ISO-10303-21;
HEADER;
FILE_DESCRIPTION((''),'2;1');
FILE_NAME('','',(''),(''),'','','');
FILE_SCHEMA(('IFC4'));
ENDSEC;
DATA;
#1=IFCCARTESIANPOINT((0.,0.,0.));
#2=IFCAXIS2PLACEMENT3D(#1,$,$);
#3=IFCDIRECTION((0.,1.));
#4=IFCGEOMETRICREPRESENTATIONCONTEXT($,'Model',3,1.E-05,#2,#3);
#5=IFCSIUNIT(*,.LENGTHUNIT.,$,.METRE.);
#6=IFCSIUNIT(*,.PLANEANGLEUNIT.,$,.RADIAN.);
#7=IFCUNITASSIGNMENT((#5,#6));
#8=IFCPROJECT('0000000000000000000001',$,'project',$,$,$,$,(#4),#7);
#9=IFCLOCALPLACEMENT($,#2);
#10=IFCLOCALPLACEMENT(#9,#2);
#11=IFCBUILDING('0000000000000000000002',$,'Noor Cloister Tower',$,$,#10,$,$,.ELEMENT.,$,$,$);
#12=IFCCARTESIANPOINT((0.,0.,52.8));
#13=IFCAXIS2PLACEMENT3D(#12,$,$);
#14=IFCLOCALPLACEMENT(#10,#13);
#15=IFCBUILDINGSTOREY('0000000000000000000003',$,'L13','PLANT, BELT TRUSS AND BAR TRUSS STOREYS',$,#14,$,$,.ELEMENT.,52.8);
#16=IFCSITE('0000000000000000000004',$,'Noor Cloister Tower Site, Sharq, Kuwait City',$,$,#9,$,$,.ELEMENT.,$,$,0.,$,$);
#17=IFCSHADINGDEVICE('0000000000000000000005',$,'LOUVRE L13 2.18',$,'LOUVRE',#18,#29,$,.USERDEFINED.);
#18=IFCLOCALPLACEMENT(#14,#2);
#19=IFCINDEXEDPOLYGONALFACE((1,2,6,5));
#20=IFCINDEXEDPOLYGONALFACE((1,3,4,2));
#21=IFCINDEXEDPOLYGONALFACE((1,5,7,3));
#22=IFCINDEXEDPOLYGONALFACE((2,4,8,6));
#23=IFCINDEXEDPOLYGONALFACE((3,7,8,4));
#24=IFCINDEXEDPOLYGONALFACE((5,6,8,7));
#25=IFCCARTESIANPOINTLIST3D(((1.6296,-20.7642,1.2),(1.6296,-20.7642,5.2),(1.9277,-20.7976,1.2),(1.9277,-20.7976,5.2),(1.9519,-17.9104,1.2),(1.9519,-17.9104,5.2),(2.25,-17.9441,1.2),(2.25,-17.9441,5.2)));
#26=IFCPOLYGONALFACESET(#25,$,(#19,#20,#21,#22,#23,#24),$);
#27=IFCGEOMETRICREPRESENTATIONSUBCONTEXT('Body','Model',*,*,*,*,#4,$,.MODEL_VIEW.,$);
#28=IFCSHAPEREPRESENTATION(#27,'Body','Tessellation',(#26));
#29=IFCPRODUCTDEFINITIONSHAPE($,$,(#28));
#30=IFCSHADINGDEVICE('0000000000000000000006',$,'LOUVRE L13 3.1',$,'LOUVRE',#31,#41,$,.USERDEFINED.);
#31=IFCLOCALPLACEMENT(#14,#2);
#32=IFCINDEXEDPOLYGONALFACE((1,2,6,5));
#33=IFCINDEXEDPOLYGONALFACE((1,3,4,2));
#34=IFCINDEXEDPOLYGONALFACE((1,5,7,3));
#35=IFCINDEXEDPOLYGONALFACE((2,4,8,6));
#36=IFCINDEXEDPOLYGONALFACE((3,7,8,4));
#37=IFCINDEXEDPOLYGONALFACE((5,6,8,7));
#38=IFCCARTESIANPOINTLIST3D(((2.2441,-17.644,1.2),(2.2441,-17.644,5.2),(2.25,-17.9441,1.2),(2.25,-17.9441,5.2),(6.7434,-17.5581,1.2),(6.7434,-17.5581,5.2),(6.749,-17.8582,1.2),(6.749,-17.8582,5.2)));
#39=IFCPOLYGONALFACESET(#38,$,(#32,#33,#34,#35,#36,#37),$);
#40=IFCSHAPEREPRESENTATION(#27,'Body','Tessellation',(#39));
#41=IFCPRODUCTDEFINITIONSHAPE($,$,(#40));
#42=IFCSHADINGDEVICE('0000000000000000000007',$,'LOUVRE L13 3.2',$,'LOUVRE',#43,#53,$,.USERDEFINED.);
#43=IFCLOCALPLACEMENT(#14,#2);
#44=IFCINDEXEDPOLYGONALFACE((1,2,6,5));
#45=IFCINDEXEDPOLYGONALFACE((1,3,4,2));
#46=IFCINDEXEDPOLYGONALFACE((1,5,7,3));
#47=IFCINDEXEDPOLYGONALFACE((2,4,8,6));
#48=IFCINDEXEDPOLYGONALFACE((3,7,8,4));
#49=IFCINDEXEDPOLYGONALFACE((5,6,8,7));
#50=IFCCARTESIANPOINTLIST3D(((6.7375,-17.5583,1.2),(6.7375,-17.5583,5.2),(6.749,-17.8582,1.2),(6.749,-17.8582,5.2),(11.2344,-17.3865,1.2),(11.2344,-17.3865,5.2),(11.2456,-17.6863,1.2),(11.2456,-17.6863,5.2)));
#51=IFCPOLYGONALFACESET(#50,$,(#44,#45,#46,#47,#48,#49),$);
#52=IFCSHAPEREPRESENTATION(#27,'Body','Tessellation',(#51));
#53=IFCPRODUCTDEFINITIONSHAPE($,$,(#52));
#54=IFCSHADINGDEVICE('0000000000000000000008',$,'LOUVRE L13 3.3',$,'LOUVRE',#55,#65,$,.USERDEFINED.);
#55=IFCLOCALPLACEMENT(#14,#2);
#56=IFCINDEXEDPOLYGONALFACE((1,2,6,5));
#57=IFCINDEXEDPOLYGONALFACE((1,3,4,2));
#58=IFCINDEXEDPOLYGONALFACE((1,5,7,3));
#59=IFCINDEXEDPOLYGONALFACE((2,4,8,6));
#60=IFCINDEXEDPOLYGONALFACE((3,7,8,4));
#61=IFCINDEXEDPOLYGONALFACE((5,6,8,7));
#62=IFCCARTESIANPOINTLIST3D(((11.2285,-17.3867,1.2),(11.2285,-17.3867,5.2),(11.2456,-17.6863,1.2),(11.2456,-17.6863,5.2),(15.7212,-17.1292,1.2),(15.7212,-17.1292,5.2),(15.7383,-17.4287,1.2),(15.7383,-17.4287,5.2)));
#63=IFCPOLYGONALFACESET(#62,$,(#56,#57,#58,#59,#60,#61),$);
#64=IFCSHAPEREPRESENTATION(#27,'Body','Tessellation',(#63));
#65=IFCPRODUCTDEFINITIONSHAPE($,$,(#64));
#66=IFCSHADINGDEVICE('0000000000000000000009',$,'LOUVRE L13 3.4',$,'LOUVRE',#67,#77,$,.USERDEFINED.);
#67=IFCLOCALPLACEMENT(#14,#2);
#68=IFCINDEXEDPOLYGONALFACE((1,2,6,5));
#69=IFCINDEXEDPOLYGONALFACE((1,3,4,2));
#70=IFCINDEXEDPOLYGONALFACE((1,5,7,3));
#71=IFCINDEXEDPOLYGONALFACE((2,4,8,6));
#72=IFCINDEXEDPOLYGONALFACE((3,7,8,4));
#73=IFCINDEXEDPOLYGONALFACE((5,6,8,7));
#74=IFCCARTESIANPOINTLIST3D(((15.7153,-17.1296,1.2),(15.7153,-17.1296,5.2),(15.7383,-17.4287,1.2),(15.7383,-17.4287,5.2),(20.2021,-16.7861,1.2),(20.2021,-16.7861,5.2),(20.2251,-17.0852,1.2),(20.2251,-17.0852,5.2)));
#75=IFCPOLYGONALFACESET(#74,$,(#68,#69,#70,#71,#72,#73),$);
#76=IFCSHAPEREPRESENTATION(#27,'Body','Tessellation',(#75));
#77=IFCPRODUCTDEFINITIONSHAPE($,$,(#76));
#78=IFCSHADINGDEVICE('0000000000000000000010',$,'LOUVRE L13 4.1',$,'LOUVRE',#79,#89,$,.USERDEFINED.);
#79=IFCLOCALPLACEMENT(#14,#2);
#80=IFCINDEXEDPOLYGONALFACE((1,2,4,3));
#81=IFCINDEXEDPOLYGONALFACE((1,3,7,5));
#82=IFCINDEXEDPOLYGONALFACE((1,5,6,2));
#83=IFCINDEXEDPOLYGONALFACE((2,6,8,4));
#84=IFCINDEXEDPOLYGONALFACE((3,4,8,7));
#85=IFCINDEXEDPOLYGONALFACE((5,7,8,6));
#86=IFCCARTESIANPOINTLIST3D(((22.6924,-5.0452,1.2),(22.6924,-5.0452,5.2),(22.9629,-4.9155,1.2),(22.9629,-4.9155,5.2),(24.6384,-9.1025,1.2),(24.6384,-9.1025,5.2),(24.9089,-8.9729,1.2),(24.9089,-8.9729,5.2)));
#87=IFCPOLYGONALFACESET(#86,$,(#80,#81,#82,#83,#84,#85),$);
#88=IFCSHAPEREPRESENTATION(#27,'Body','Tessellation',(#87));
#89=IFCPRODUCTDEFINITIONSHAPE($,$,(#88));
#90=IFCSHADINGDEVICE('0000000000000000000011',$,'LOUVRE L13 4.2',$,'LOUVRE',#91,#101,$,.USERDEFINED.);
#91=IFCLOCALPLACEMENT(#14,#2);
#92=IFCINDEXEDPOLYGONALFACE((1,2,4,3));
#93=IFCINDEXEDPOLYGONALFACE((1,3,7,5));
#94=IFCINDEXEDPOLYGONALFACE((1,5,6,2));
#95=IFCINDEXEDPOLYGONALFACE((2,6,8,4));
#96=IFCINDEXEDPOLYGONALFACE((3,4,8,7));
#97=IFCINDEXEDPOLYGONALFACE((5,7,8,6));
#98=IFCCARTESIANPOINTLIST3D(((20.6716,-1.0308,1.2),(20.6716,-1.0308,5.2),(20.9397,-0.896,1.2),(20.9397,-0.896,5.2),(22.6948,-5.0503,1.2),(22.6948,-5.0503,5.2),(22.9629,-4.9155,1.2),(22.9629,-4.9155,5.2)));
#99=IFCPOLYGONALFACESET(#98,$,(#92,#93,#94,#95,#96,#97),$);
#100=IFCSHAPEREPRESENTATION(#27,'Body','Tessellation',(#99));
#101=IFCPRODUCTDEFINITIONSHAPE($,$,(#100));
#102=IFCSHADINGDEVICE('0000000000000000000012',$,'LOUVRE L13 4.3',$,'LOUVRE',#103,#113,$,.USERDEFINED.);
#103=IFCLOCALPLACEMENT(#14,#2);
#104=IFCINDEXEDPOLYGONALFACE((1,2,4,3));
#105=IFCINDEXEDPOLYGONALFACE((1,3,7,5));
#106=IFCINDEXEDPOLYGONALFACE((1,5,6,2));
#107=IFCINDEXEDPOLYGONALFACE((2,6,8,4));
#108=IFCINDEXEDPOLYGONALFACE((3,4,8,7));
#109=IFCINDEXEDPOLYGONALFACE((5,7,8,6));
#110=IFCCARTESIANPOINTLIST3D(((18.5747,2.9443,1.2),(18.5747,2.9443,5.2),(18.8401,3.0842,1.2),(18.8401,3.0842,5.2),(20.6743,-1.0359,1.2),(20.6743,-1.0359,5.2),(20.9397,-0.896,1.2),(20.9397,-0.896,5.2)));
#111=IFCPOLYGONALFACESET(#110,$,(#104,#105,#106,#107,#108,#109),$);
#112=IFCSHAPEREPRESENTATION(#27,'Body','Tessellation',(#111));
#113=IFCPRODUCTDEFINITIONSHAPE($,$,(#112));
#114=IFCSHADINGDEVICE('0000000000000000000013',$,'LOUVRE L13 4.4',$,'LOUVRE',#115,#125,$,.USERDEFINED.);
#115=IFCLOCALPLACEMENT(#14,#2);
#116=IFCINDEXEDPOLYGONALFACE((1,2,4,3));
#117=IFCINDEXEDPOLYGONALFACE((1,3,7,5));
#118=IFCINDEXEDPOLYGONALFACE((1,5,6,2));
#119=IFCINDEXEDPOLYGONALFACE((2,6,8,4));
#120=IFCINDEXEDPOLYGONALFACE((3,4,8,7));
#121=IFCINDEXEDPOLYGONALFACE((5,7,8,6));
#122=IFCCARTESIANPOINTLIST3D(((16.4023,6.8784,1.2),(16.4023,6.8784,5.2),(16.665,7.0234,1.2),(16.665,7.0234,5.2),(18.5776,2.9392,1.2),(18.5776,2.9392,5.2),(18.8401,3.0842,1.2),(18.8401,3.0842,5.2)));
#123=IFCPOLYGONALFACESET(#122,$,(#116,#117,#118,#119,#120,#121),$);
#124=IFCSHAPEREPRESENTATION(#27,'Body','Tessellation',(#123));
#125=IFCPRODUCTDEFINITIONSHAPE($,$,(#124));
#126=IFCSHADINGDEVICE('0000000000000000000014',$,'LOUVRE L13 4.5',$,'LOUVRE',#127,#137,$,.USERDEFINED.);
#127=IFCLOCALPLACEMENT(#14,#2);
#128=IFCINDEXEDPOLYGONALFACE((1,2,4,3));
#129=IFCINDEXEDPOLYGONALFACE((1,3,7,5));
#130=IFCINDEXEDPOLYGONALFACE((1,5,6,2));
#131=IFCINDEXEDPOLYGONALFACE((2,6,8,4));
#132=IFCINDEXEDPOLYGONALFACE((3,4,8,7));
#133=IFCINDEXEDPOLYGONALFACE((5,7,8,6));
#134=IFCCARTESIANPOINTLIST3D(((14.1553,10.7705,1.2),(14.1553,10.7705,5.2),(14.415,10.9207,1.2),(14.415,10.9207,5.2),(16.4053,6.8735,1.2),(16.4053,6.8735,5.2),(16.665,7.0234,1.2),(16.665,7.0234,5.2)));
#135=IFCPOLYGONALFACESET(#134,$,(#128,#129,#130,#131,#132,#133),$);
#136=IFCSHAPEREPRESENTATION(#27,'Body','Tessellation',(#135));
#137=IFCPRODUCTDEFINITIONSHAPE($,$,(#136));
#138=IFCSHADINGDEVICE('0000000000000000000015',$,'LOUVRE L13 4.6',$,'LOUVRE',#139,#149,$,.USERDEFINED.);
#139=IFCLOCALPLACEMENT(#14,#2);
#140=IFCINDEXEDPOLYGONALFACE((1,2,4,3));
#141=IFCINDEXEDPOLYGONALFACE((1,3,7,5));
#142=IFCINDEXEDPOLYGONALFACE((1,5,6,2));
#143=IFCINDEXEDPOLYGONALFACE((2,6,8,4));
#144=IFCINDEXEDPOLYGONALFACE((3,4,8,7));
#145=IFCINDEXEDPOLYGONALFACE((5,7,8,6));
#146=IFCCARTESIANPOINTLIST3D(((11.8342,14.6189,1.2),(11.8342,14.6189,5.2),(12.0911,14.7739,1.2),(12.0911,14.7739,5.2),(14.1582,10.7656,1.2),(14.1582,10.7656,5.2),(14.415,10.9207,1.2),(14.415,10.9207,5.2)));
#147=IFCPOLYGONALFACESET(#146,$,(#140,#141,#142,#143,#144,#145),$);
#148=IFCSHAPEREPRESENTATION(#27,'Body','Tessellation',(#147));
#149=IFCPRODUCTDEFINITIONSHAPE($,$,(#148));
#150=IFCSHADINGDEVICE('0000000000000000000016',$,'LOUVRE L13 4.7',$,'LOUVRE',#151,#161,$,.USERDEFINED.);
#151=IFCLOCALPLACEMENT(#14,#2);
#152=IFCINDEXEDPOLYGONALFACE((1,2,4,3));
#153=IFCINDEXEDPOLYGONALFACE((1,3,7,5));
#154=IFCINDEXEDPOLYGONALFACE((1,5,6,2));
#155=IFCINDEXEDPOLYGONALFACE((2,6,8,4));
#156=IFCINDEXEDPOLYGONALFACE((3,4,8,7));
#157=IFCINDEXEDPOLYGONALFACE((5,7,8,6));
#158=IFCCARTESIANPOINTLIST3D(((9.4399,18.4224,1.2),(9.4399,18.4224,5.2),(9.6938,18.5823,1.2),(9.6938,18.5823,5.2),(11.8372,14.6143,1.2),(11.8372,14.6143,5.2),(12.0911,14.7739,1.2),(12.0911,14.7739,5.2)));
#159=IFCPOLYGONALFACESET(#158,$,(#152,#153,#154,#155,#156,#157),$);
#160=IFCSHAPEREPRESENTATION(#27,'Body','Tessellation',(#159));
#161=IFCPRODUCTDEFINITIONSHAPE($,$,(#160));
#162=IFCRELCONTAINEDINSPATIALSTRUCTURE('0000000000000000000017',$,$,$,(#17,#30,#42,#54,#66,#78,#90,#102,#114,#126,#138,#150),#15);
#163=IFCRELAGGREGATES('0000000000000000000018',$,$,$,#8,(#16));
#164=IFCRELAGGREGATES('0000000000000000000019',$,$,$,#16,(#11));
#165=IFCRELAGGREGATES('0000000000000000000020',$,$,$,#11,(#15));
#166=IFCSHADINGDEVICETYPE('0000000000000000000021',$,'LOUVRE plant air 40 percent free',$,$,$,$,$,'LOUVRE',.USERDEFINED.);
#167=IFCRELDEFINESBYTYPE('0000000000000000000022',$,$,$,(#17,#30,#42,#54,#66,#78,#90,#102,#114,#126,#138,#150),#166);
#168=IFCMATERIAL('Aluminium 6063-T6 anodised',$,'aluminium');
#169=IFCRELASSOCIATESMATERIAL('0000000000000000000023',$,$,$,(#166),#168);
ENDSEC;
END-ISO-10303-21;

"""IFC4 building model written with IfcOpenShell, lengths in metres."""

from ifc_helpers import new_model, si_unit, direction, frame, origin, place, context, subcontext, project, spatial, polyline, outline, extrude, material, type_object, element, save


model = new_model("IFC4")

# Units and contexts
model_context = context("Model", 3, precision=1e-05, world=origin(), true_north=direction((0.0, 1.0)))
body_context = subcontext(model_context, "Body", "Model", "MODEL_VIEW")
ifc_project = project(units=[si_unit("LENGTHUNIT", "METRE"), si_unit("PLANEANGLEUNIT", "RADIAN")], contexts=[model_context])

# Site, building, storey
site_placement = place(None, origin())
site = spatial("IfcSite", under=ifc_project, at=site_placement, Name="Noor Cloister Tower Site, Sharq, Kuwait City", CompositionType="ELEMENT", RefElevation=0.0)
building_placement = place(site_placement, origin())
building = spatial("IfcBuilding", under=site, at=building_placement, Name="Noor Cloister Tower", CompositionType="ELEMENT")
storey_placement = place(building_placement, frame((0.0, 0.0, 52.8)))
storey = spatial("IfcBuildingStorey", under=building, at=storey_placement, Name="L13", Description="PLANT, BELT TRUSS AND BAR TRUSS STOREYS", CompositionType="ELEMENT", Elevation=52.8)

# Shading devices
ifc_material_1 = material(Name="Aluminium 6063-T6 anodised", Category="aluminium")
shading_device_type = type_object("IfcShadingDeviceType", Name="LOUVRE plant air 40 percent free", ElementType="LOUVRE", PredefinedType="USERDEFINED", material=ifc_material_1)
shading_device_1_placement = place(storey_placement, frame((0.0, 0.0, 1.2)))
element("IfcShadingDevice", 1, at=shading_device_1_placement, inside=storey, type_object=shading_device_type, Name="LOUVRE L13 2.18", ObjectType="LOUVRE", PredefinedType="USERDEFINED", context=body_context, shape_type="SweptSolid", body=[
    extrude(outline(polyline([(1.9277, -20.7976), (2.25, -17.9441), (1.9519, -17.9104), (1.6296, -20.7642), (1.9277, -20.7976)])), origin(), (0.0, 0.0, 1.0), 4.0),
])
shading_device_2_placement = place(storey_placement, frame((0.0, 0.0, 1.2)))
element("IfcShadingDevice", 2, at=shading_device_2_placement, inside=storey, type_object=shading_device_type, Name="LOUVRE L13 3.1", ObjectType="LOUVRE", PredefinedType="USERDEFINED", context=body_context, shape_type="SweptSolid", body=[
    extrude(outline(polyline([(2.25, -17.9441), (6.749, -17.8582), (6.7434, -17.5581), (2.2441, -17.644), (2.25, -17.9441)])), origin(), (0.0, 0.0, 1.0), 4.0),
])
shading_device_3_placement = place(storey_placement, frame((0.0, 0.0, 1.2)))
element("IfcShadingDevice", 3, at=shading_device_3_placement, inside=storey, type_object=shading_device_type, Name="LOUVRE L13 3.2", ObjectType="LOUVRE", PredefinedType="USERDEFINED", context=body_context, shape_type="SweptSolid", body=[
    extrude(outline(polyline([(6.749, -17.8582), (11.2456, -17.6863), (11.2344, -17.3865), (6.7375, -17.5583), (6.749, -17.8582)])), origin(), (0.0, 0.0, 1.0), 4.0),
])
shading_device_4_placement = place(storey_placement, frame((0.0, 0.0, 1.2)))
element("IfcShadingDevice", 4, at=shading_device_4_placement, inside=storey, type_object=shading_device_type, Name="LOUVRE L13 3.3", ObjectType="LOUVRE", PredefinedType="USERDEFINED", context=body_context, shape_type="SweptSolid", body=[
    extrude(outline(polyline([(11.2456, -17.6863), (15.7383, -17.4287), (15.7212, -17.1292), (11.2285, -17.3867), (11.2456, -17.6863)])), origin(), (0.0, 0.0, 1.0), 4.0),
])
shading_device_5_placement = place(storey_placement, frame((0.0, 0.0, 1.2)))
element("IfcShadingDevice", 5, at=shading_device_5_placement, inside=storey, type_object=shading_device_type, Name="LOUVRE L13 3.4", ObjectType="LOUVRE", PredefinedType="USERDEFINED", context=body_context, shape_type="SweptSolid", body=[
    extrude(outline(polyline([(15.7383, -17.4287), (20.2251, -17.0852), (20.2021, -16.7861), (15.7153, -17.1296), (15.7383, -17.4287)])), origin(), (0.0, 0.0, 1.0), 4.0),
])
shading_device_6_placement = place(storey_placement, frame((0.0, 0.0, 1.2)))
element("IfcShadingDevice", 6, at=shading_device_6_placement, inside=storey, type_object=shading_device_type, Name="LOUVRE L13 4.1", ObjectType="LOUVRE", PredefinedType="USERDEFINED", context=body_context, shape_type="SweptSolid", body=[
    extrude(outline(polyline([(24.9089, -8.9729), (22.9629, -4.9155), (22.6924, -5.0452), (24.6384, -9.1025), (24.9089, -8.9729)])), origin(), (0.0, 0.0, 1.0), 4.0),
])
shading_device_7_placement = place(storey_placement, frame((0.0, 0.0, 1.2)))
element("IfcShadingDevice", 7, at=shading_device_7_placement, inside=storey, type_object=shading_device_type, Name="LOUVRE L13 4.2", ObjectType="LOUVRE", PredefinedType="USERDEFINED", context=body_context, shape_type="SweptSolid", body=[
    extrude(outline(polyline([(22.9629, -4.9155), (20.9397, -0.896), (20.6716, -1.0308), (22.6948, -5.0503), (22.9629, -4.9155)])), origin(), (0.0, 0.0, 1.0), 4.0),
])
shading_device_8_placement = place(storey_placement, frame((0.0, 0.0, 1.2)))
element("IfcShadingDevice", 8, at=shading_device_8_placement, inside=storey, type_object=shading_device_type, Name="LOUVRE L13 4.3", ObjectType="LOUVRE", PredefinedType="USERDEFINED", context=body_context, shape_type="SweptSolid", body=[
    extrude(outline(polyline([(20.9397, -0.896), (18.8401, 3.0842), (18.5747, 2.9443), (20.6743, -1.0359), (20.9397, -0.896)])), origin(), (0.0, 0.0, 1.0), 4.0),
])
shading_device_9_placement = place(storey_placement, frame((0.0, 0.0, 1.2)))
element("IfcShadingDevice", 9, at=shading_device_9_placement, inside=storey, type_object=shading_device_type, Name="LOUVRE L13 4.4", ObjectType="LOUVRE", PredefinedType="USERDEFINED", context=body_context, shape_type="SweptSolid", body=[
    extrude(outline(polyline([(18.8401, 3.0842), (16.665, 7.0234), (16.4023, 6.8784), (18.5776, 2.9392), (18.8401, 3.0842)])), origin(), (0.0, 0.0, 1.0), 4.0),
])
shading_device_10_placement = place(storey_placement, frame((0.0, 0.0, 1.2)))
element("IfcShadingDevice", 10, at=shading_device_10_placement, inside=storey, type_object=shading_device_type, Name="LOUVRE L13 4.5", ObjectType="LOUVRE", PredefinedType="USERDEFINED", context=body_context, shape_type="SweptSolid", body=[
    extrude(outline(polyline([(16.665, 7.0234), (14.415, 10.9207), (14.1553, 10.7705), (16.4053, 6.8735), (16.665, 7.0234)])), origin(), (0.0, 0.0, 1.0), 4.0),
])
shading_device_11_placement = place(storey_placement, frame((0.0, 0.0, 1.2)))
element("IfcShadingDevice", 11, at=shading_device_11_placement, inside=storey, type_object=shading_device_type, Name="LOUVRE L13 4.6", ObjectType="LOUVRE", PredefinedType="USERDEFINED", context=body_context, shape_type="SweptSolid", body=[
    extrude(outline(polyline([(14.415, 10.9207), (12.0911, 14.7739), (11.8342, 14.6189), (14.1582, 10.7656), (14.415, 10.9207)])), origin(), (0.0, 0.0, 1.0), 4.0),
])
shading_device_12_placement = place(storey_placement, frame((0.0, 0.0, 1.2)))
element("IfcShadingDevice", 12, at=shading_device_12_placement, inside=storey, type_object=shading_device_type, Name="LOUVRE L13 4.7", ObjectType="LOUVRE", PredefinedType="USERDEFINED", context=body_context, shape_type="SweptSolid", body=[
    extrude(outline(polyline([(12.0911, 14.7739), (9.6938, 18.5823), (9.4399, 18.4224), (11.8372, 14.6143), (12.0911, 14.7739)])), origin(), (0.0, 0.0, 1.0), 4.0),
])

save(model, "model.ifc")
